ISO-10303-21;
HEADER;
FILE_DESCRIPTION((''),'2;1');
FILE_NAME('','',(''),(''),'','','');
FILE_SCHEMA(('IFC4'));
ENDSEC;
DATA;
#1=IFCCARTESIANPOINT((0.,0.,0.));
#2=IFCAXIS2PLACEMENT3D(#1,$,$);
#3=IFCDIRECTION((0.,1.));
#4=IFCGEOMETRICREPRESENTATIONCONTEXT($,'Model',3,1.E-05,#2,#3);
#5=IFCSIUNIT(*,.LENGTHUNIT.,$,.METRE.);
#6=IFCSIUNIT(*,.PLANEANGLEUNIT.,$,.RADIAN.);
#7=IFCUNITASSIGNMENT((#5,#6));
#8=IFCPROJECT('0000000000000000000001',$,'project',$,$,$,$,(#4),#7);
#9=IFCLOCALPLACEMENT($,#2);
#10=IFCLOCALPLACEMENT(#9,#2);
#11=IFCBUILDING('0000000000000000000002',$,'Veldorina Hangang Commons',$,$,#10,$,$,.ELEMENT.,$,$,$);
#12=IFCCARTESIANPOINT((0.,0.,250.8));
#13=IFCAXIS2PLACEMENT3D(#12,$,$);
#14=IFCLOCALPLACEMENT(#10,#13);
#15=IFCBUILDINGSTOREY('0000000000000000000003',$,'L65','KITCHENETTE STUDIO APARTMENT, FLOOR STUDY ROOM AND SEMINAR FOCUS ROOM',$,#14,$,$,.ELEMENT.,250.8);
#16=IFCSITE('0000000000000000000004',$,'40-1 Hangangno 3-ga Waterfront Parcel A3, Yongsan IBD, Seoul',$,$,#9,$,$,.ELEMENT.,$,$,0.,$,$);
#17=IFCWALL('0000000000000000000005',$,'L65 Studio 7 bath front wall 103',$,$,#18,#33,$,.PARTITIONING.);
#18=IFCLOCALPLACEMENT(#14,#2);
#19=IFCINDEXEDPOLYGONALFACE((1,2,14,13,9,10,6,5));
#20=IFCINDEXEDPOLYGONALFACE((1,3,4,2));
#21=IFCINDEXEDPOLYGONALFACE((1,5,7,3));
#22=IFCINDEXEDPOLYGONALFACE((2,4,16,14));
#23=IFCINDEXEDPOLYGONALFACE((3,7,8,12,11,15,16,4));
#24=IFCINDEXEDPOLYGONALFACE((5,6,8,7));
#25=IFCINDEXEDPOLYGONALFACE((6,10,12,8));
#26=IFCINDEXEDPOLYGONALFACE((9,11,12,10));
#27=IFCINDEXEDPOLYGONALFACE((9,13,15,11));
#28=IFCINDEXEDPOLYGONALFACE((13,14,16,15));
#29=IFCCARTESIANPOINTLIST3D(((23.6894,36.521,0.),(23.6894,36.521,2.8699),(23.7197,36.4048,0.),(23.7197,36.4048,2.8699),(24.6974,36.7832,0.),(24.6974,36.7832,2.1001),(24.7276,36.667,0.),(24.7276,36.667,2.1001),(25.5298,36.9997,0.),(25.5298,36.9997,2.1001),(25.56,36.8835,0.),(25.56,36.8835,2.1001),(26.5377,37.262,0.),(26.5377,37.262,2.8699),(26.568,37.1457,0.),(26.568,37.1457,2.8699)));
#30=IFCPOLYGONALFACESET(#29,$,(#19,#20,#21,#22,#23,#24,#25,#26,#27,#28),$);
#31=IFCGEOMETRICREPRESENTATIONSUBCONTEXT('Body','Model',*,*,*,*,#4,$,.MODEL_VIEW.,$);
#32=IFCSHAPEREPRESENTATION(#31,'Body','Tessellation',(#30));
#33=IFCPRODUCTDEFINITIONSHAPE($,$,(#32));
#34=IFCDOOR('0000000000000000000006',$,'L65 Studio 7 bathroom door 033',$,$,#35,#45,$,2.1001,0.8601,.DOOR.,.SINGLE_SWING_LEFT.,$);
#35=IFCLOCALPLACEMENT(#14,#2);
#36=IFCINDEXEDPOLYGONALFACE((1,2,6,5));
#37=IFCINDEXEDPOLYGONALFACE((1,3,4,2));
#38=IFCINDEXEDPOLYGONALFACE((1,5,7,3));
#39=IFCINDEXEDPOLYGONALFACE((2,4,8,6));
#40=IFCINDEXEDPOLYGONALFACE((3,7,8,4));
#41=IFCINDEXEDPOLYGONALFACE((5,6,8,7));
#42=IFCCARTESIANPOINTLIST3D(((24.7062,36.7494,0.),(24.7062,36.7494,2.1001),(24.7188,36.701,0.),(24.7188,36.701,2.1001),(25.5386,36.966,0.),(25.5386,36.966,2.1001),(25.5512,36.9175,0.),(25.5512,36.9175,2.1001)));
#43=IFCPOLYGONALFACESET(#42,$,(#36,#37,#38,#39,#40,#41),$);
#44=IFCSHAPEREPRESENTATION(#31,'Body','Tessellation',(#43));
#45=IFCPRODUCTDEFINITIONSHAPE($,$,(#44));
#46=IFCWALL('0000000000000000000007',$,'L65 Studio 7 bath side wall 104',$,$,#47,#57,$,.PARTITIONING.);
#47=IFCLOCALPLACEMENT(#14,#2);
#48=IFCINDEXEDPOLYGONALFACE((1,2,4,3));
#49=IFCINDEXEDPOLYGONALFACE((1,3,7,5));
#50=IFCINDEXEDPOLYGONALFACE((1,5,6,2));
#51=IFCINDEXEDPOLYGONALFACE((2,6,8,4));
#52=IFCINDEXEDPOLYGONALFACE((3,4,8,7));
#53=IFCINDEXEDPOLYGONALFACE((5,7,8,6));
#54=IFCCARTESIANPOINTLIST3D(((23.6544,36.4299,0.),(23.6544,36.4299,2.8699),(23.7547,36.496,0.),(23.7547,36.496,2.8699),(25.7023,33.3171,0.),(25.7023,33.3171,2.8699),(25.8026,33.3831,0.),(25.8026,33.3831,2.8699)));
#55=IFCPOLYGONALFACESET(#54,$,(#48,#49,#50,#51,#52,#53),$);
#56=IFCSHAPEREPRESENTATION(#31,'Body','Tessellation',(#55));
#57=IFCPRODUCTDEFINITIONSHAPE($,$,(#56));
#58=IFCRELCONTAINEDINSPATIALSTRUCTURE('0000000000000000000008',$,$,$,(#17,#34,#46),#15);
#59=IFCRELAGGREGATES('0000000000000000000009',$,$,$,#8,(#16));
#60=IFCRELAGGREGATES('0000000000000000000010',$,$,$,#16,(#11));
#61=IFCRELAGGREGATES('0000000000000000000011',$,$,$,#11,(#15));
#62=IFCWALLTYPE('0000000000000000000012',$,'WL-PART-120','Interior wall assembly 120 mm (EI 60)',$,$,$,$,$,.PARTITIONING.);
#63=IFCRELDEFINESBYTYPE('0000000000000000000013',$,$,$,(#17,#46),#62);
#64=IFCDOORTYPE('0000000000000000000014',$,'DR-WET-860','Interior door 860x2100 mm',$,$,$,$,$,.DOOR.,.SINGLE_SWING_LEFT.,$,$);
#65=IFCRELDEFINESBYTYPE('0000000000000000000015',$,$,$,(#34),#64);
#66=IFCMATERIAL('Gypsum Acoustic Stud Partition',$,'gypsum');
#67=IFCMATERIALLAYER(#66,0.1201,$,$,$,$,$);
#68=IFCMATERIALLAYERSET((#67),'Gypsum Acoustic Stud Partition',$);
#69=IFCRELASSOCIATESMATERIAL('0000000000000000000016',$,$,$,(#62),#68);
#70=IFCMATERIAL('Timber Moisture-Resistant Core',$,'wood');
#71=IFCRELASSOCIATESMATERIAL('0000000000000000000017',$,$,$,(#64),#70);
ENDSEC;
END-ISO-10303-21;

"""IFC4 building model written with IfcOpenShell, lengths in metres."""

from ifc_helpers import new_model, si_unit, direction, frame, frame_2d, origin, place, context, subcontext, project, spatial, rectangle, extrude, material, layer, layer_set, type_object, element, fill, save


model = new_model("IFC4")

# Units and contexts
model_context = context("Model", 3, precision=1e-05, world=origin(), true_north=direction((0.0, 1.0)))
body_context = subcontext(model_context, "Body", "Model", "MODEL_VIEW")
ifc_project = project(units=[si_unit("LENGTHUNIT", "METRE"), si_unit("PLANEANGLEUNIT", "RADIAN")], contexts=[model_context])

# Site, building, storey
site_placement = place(None, origin())
site = spatial("IfcSite", under=ifc_project, at=site_placement, Name="40-1 Hangangno 3-ga Waterfront Parcel A3, Yongsan IBD, Seoul", CompositionType="ELEMENT", RefElevation=0.0)
building_placement = place(site_placement, origin())
building = spatial("IfcBuilding", under=site, at=building_placement, Name="Veldorina Hangang Commons", CompositionType="ELEMENT")
storey_placement = place(building_placement, frame((0.0, 0.0, 250.8)))
storey = spatial("IfcBuildingStorey", under=building, at=storey_placement, Name="L65", Description="KITCHENETTE STUDIO APARTMENT, FLOOR STUDY ROOM AND SEMINAR FOCUS ROOM", CompositionType="ELEMENT", Elevation=250.8)

# Shared definitions
ifc_material_1 = material(Name="Gypsum Acoustic Stud Partition", Category="gypsum")
ifc_layer_1 = layer(ifc_material_1, 0.1201)
ifc_layer_set_1 = layer_set([ifc_layer_1], Name="Gypsum Acoustic Stud Partition")
wall_type_1 = type_object("IfcWallType", Name="WL-PART-120", Description="Interior wall assembly 120 mm (EI 60)", PredefinedType="PARTITIONING", material=ifc_layer_set_1)

# Wall, opening, door
wall_1_placement = place(storey_placement, frame((26.553, 37.2039, 0.0), z_axis=(0.0, 0.0, 1.0), x_axis=(-0.967791, -0.251757, 0.0)))
wall_1 = element("IfcWall", 1, at=wall_1_placement, inside=storey, type_object=wall_type_1, Name="L65 Studio 7 bath front wall 103", PredefinedType="PARTITIONING", context=body_context, shape_type="SweptSolid", body=[
    extrude(rectangle(XDim=2.9431, YDim=0.1201, at=frame_2d((1.4717, 0.0))), origin(), (0.0, 0.0, 1.0), 2.8699),
])
opening_1_placement = place(wall_1_placement, frame((1.0415, 0.0, 0.0)))
opening_1 = element("IfcOpeningElement", 2, at=opening_1_placement, cuts=wall_1, PredefinedType="OPENING", context=body_context, shape_type="SweptSolid", body=[
    extrude(rectangle(XDim=0.8601, YDim=2.1001, at=frame_2d((0.4302, 1.05))), frame((0.0, 0.0701, 0.0), z_axis=(0.0, -1.0, 0.0), x_axis=(1.0, 0.0, 0.0)), (0.0, 0.0, 1.0), 0.1401),
])
ifc_material_2 = material(Name="Timber Moisture-Resistant Core", Category="wood")
door_type_1 = type_object("IfcDoorType", Name="DR-WET-860", Description="Interior door 860x2100 mm", OperationType="SINGLE_SWING_LEFT", PredefinedType="DOOR", material=ifc_material_2)
door_1_placement = place(opening_1_placement, origin())
door_1 = element("IfcDoor", 3, at=door_1_placement, inside=storey, type_object=door_type_1, Name="L65 Studio 7 bathroom door 033", OperationType="SINGLE_SWING_LEFT", OverallHeight=2.1001, OverallWidth=0.8601, PredefinedType="DOOR", context=body_context, shape_type="SweptSolid", body=[
    extrude(rectangle(XDim=0.8601, YDim=2.1001, at=frame_2d((0.4302, 1.05))), frame((0.0, 0.0249, 0.0), z_axis=(0.0, -1.0, 0.0), x_axis=(1.0, 0.0, 0.0)), (0.0, 0.0, 1.0), 0.05),
])
fill(opening_1, door_1)

# Wall
wall_2_placement = place(storey_placement, frame((25.7524, 33.3501, 0.0), z_axis=(0.0, 0.0, 1.0), x_axis=(-0.549609, 0.835422, 0.0)))
element("IfcWall", 4, at=wall_2_placement, inside=storey, type_object=wall_type_1, Name="L65 Studio 7 bath side wall 104", PredefinedType="PARTITIONING", context=body_context, shape_type="SweptSolid", body=[
    extrude(rectangle(XDim=3.7261, YDim=0.1201, at=frame_2d((1.863, 0.0))), origin(), (0.0, 0.0, 1.0), 2.8699),
])

save(model, "model.ifc")
